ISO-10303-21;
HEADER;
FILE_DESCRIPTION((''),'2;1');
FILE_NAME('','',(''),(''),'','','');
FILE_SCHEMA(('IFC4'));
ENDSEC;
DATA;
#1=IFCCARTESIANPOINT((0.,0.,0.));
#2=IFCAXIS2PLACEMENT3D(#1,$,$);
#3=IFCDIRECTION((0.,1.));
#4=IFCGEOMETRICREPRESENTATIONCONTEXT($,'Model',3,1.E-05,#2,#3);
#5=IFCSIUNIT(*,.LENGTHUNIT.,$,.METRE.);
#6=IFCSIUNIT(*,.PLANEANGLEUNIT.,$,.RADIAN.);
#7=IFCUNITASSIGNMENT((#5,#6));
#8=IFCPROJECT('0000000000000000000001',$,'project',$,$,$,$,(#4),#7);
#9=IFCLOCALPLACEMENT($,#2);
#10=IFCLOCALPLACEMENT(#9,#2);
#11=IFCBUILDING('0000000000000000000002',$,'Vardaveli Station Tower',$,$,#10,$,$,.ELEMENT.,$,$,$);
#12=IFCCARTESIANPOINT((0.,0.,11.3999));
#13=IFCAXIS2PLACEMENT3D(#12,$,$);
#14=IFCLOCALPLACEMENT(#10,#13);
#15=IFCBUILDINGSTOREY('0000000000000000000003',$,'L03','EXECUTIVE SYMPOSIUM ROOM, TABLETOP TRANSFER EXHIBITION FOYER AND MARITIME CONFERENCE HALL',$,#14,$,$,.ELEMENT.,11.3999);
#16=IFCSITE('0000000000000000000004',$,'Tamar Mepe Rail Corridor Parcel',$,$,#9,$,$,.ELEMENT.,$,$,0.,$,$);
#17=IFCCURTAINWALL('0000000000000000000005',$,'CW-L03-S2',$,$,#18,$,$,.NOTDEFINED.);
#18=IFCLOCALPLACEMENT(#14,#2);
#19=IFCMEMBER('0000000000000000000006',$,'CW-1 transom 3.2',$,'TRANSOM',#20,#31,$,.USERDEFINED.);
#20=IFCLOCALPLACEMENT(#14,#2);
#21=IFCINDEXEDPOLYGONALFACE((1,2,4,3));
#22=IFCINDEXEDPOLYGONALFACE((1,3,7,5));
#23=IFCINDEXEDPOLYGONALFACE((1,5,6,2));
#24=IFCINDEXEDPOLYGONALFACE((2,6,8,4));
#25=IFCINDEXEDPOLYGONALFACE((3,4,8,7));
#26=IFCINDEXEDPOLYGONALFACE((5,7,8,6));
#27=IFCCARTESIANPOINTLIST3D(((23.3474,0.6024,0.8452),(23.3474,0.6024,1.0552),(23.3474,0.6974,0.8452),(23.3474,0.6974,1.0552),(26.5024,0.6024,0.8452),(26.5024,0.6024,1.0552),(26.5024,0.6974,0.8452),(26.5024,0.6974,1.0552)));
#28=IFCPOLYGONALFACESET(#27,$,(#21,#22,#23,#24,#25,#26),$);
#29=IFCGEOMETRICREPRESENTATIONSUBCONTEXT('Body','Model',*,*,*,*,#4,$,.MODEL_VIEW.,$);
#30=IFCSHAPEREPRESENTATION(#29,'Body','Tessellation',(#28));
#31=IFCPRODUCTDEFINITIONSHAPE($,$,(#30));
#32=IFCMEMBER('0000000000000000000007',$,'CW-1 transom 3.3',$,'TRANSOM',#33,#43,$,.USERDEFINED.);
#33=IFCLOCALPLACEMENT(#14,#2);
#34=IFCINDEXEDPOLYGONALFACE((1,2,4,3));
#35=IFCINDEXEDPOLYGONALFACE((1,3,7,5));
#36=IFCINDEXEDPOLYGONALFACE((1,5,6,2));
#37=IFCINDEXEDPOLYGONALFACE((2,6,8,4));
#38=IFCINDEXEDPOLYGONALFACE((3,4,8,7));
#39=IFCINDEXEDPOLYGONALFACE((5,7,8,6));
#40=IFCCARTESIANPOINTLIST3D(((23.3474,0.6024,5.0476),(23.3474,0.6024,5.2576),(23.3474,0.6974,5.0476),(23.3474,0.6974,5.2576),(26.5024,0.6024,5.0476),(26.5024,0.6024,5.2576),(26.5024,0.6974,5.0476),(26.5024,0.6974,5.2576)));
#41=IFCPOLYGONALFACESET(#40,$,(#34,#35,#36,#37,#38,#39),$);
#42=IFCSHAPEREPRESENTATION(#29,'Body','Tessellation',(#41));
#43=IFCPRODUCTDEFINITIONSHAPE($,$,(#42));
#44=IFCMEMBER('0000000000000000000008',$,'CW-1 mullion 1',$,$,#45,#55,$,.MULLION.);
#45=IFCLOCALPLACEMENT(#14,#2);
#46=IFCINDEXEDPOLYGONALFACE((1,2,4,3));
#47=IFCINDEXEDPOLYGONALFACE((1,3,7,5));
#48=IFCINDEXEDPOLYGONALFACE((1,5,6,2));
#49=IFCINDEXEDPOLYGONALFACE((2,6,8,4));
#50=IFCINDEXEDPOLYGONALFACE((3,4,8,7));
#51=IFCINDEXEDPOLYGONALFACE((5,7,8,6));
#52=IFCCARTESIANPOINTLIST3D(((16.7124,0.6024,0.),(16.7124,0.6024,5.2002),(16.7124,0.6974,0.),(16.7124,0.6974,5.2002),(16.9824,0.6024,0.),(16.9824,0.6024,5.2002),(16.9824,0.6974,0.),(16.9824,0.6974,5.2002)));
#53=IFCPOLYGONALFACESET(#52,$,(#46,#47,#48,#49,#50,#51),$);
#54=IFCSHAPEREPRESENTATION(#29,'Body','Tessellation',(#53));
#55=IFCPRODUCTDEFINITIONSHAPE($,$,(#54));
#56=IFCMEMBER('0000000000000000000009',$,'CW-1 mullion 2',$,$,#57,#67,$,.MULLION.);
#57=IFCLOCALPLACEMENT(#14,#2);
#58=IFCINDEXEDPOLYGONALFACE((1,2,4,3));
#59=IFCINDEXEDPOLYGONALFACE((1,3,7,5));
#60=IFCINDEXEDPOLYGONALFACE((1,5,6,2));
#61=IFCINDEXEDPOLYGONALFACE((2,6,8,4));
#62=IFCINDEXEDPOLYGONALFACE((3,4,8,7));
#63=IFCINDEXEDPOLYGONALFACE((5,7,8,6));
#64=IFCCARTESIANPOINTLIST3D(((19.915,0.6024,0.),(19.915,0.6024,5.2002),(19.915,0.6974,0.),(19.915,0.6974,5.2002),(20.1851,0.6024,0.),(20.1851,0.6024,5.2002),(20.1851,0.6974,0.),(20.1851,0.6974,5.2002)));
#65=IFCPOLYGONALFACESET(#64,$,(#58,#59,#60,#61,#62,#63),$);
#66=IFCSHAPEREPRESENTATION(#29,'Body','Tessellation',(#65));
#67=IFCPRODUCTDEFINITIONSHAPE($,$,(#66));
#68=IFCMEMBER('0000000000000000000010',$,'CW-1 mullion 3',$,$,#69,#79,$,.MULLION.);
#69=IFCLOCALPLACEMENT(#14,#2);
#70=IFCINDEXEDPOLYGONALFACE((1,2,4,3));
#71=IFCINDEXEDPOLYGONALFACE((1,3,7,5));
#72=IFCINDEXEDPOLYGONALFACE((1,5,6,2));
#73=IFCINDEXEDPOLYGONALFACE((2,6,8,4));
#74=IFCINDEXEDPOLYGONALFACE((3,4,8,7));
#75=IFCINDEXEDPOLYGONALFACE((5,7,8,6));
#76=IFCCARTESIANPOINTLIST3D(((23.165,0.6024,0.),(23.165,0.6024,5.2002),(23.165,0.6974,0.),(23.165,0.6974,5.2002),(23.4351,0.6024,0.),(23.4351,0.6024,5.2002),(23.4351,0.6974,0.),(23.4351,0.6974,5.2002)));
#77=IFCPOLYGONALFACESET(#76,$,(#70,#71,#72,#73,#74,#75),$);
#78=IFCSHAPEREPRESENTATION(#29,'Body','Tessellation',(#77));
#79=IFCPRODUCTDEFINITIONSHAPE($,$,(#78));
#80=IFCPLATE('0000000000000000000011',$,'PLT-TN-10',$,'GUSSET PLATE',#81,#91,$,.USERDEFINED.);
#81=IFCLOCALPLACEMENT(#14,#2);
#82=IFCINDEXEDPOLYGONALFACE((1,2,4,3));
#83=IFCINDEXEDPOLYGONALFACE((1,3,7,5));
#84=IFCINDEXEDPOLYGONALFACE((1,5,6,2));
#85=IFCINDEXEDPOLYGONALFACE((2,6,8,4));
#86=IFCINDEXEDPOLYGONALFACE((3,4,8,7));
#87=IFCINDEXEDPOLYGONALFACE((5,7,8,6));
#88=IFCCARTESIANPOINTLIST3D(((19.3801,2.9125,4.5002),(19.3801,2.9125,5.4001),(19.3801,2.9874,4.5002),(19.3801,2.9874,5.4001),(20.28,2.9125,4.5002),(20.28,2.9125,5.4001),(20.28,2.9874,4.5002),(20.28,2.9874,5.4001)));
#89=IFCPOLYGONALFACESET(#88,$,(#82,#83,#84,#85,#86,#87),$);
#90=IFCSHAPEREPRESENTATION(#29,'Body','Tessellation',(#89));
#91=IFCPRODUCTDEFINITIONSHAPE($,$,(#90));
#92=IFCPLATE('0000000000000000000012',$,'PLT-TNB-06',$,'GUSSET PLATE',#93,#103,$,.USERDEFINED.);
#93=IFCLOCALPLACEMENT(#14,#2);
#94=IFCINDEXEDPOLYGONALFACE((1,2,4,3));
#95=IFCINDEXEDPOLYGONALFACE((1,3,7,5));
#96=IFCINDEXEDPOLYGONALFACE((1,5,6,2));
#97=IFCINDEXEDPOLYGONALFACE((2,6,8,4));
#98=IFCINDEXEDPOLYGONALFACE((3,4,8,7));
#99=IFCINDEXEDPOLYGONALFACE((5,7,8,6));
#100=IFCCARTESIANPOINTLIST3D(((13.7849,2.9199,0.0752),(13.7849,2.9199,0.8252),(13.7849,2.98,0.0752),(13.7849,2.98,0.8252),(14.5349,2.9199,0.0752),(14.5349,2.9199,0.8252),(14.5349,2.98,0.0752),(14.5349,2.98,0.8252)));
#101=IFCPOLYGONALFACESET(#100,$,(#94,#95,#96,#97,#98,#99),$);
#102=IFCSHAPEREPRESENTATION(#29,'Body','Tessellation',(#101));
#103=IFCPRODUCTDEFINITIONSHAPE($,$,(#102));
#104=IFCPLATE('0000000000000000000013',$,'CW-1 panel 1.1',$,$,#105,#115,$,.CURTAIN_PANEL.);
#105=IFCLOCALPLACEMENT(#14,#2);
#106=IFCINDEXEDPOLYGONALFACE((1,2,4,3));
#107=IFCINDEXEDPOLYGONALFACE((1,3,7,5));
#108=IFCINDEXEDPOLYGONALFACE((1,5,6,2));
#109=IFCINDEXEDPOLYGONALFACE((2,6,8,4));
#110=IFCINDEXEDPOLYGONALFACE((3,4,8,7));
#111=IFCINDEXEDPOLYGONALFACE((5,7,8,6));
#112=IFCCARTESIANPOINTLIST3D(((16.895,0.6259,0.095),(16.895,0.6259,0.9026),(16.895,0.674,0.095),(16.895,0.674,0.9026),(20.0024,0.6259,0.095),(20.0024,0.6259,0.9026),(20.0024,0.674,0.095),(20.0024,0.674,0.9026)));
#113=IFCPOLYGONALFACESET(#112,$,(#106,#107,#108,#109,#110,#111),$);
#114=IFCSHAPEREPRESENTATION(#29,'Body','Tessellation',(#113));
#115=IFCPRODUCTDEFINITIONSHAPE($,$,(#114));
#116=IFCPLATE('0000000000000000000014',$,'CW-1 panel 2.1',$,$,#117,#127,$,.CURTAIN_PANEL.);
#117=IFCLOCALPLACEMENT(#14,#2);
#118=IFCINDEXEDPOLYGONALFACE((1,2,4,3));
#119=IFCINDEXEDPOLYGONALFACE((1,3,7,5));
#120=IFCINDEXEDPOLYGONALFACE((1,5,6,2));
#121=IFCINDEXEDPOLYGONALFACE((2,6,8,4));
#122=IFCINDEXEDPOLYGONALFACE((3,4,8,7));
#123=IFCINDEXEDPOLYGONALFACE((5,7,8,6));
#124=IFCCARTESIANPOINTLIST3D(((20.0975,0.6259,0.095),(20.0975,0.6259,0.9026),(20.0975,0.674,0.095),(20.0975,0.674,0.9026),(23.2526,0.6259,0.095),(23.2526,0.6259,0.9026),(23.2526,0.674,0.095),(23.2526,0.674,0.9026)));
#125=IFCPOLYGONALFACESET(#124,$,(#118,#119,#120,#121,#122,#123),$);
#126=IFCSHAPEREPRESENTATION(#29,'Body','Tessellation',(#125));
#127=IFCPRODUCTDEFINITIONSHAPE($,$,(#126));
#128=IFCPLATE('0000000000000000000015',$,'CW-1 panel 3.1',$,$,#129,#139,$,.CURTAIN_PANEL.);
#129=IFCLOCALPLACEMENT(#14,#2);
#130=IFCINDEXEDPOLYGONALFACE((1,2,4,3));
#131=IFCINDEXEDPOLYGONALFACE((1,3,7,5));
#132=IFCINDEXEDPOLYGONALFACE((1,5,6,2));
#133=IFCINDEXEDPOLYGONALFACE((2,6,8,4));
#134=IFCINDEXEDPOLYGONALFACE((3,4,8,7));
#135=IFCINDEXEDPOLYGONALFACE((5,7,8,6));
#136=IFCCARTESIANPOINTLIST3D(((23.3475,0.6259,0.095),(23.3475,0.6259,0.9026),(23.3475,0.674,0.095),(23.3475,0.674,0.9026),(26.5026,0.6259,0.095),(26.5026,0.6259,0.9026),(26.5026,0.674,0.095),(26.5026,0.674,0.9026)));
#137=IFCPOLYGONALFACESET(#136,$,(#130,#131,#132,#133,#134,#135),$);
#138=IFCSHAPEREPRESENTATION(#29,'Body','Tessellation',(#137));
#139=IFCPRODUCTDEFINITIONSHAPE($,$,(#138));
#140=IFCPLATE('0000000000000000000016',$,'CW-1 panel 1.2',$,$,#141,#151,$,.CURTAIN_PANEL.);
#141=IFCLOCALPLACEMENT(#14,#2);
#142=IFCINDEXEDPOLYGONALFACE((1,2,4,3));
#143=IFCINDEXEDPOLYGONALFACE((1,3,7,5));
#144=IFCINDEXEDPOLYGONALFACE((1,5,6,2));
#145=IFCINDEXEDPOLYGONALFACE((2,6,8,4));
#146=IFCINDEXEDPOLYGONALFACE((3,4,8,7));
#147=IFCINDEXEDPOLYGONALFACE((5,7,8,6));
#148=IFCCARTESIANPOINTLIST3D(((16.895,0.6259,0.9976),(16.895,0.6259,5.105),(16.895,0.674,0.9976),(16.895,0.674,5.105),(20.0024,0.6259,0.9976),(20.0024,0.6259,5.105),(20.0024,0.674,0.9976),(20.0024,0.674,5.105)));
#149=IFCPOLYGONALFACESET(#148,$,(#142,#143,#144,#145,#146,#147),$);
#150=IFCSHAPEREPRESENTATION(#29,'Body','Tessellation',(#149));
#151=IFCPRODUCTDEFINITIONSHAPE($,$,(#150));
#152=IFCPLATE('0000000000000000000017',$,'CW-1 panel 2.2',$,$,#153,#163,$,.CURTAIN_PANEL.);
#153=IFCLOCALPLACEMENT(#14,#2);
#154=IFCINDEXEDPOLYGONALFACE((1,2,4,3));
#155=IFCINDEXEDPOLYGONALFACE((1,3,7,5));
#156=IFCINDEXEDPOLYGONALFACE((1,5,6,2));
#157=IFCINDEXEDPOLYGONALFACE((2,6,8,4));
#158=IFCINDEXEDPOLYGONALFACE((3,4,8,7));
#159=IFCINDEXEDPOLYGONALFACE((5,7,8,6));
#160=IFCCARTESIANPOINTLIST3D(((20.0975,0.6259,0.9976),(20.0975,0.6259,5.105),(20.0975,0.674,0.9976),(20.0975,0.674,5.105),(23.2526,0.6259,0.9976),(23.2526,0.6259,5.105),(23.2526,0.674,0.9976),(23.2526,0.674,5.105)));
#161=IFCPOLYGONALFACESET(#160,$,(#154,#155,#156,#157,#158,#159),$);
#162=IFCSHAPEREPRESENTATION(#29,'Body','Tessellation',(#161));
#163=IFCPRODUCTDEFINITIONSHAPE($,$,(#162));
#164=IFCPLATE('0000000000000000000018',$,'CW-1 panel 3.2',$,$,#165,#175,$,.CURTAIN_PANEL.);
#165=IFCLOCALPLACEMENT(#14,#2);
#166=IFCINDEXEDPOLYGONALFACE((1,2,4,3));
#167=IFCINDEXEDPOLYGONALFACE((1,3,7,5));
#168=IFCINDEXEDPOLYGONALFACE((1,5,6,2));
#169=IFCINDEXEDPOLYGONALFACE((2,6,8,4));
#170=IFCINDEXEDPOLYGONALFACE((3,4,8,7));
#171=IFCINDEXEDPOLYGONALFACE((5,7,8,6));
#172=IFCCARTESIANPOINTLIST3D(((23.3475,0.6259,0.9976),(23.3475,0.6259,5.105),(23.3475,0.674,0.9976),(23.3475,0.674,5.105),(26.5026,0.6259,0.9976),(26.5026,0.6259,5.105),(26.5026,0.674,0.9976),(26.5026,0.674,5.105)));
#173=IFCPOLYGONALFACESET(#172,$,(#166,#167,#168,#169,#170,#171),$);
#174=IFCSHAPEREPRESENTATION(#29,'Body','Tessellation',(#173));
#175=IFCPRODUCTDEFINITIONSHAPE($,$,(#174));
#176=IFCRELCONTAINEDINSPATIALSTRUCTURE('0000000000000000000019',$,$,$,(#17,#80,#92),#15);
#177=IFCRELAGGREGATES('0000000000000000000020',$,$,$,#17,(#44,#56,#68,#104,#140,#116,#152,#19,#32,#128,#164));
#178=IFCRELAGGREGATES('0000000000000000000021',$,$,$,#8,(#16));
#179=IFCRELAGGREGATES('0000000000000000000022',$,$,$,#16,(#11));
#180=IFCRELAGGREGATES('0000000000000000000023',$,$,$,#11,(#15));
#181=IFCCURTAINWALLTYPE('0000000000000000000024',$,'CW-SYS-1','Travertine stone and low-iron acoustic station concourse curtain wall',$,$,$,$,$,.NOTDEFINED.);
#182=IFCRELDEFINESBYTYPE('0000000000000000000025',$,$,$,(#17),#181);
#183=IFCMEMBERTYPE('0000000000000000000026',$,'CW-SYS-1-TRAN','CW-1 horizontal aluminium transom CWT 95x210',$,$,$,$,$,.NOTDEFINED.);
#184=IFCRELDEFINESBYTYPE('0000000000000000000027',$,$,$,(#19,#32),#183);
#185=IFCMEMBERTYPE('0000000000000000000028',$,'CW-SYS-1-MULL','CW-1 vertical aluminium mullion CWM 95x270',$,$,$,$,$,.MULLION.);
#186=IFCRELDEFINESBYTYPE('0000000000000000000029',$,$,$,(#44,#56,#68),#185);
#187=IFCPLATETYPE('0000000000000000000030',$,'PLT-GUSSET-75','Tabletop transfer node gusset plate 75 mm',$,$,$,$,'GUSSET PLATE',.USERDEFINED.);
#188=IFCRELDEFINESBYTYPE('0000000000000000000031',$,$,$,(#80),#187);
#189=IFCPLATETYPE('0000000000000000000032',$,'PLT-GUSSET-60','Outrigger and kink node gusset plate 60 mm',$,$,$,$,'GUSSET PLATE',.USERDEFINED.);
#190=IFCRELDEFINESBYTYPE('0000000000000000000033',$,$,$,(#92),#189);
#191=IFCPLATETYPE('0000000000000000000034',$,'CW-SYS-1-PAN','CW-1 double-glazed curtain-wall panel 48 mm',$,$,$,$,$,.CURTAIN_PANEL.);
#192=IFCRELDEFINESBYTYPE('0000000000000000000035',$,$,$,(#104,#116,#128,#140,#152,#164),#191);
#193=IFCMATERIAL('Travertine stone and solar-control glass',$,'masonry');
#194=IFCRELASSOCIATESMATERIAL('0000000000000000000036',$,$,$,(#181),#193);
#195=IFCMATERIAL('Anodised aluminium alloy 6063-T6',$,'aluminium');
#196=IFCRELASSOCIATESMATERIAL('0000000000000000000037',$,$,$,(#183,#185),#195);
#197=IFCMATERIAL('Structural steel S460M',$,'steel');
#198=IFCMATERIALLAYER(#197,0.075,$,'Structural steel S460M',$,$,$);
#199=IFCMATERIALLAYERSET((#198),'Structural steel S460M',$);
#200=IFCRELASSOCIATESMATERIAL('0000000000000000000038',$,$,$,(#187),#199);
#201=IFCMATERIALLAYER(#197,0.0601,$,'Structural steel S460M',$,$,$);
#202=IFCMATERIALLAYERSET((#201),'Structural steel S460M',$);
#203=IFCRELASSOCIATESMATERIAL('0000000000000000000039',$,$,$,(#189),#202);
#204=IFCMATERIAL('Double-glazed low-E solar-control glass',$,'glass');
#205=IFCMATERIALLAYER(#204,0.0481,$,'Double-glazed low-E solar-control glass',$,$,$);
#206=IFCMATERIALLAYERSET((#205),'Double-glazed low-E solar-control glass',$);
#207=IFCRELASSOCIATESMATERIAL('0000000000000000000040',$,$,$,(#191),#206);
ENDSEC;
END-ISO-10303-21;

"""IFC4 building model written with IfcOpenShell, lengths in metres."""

from ifc_helpers import new_model, si_unit, direction, frame, origin, origin_2d, place, context, subcontext, project, spatial, rectangle, extrude, source, transform, mapped, material, layer, layer_set, material_profile, profile_set, type_object, element, aggregate, save


model = new_model("IFC4")

# Units and contexts
model_context = context("Model", 3, precision=1e-05, world=origin(), true_north=direction((0.0, 1.0)))
body_context = subcontext(model_context, "Body", "Model", "MODEL_VIEW")
ifc_project = project(units=[si_unit("LENGTHUNIT", "METRE"), si_unit("PLANEANGLEUNIT", "RADIAN")], contexts=[model_context])

# Site, building, storey
site_placement = place(None, origin())
site = spatial("IfcSite", under=ifc_project, at=site_placement, Name="Tamar Mepe Rail Corridor Parcel", CompositionType="ELEMENT", RefElevation=0.0)
building_placement = place(site_placement, origin())
building = spatial("IfcBuilding", under=site, at=building_placement, Name="Vardaveli Station Tower", CompositionType="ELEMENT")
storey_placement = place(building_placement, frame((0.0, 0.0, 11.3999)))
storey = spatial("IfcBuildingStorey", under=building, at=storey_placement, Name="L03", Description="EXECUTIVE SYMPOSIUM ROOM, TABLETOP TRANSFER EXHIBITION FOYER AND MARITIME CONFERENCE HALL", CompositionType="ELEMENT", Elevation=11.3999)

# Shared definitions
ifc_material_1 = material(Name="Structural steel S460M", Category="steel")

# Curtain wall, members
ifc_material_2 = material(Name="Travertine stone and solar-control glass", Category="masonry")
curtain_wall_type = type_object("IfcCurtainWallType", Name="CW-SYS-1", Description="Travertine stone and low-iron acoustic station concourse curtain wall", PredefinedType="NOTDEFINED", material=ifc_material_2)
curtain_wall_placement = place(storey_placement, origin())
curtain_wall = element("IfcCurtainWall", 1, at=curtain_wall_placement, inside=storey, type_object=curtain_wall_type, Name="CW-L03-S2", PredefinedType="NOTDEFINED")
ifc_material_3 = material(Name="Anodised aluminium alloy 6063-T6", Category="aluminium")
ifc_material_profile_1 = material_profile(ifc_material_3, rectangle(XDim=0.095, YDim=0.21, at=origin_2d()), Name="CWT 95x210")
ifc_profile_set_1 = profile_set([ifc_material_profile_1], Name="Anodised aluminium alloy 6063-T6")
member_type_1 = type_object("IfcMemberType", Name="CW-SYS-1-TRAN", Description="CW-1 horizontal aluminium transom CWT 95x210", PredefinedType="NOTDEFINED", material=ifc_profile_set_1)
shared_shape_1 = source(origin(), body_context, "Body", "SweptSolid", [
    extrude(rectangle(XDim=0.095, YDim=0.21, at=origin_2d()), origin(), (0.0, 0.0, 1.0), 3.155),
])
member_1_placement = place(storey_placement, frame((23.3474, 0.6499, 0.9502), z_axis=(1.0, 0.0, 0.0), x_axis=(0.0, 1.0, 0.0)))
member_1 = element("IfcMember", 2, at=member_1_placement, type_object=member_type_1, Name="CW-1 transom 3.2", ObjectType="TRANSOM", PredefinedType="USERDEFINED", context=body_context, shape_type="MappedRepresentation", body=[
    mapped(shared_shape_1, transform((0.0, 0.0, 0.0), scale=1.0)),
])
member_2_placement = place(storey_placement, frame((23.3474, 0.6499, 5.1526), z_axis=(1.0, 0.0, 0.0), x_axis=(0.0, 1.0, 0.0)))
member_2 = element("IfcMember", 3, at=member_2_placement, type_object=member_type_1, Name="CW-1 transom 3.3", ObjectType="TRANSOM", PredefinedType="USERDEFINED", context=body_context, shape_type="MappedRepresentation", body=[
    mapped(shared_shape_1, transform((0.0, 0.0, 0.0), scale=1.0)),
])
ifc_material_profile_2 = material_profile(ifc_material_3, rectangle(XDim=0.095, YDim=0.27, at=origin_2d()), Name="CWM 95x270")
ifc_profile_set_2 = profile_set([ifc_material_profile_2], Name="Anodised aluminium alloy 6063-T6")
member_type_2 = type_object("IfcMemberType", Name="CW-SYS-1-MULL", Description="CW-1 vertical aluminium mullion CWM 95x270", PredefinedType="MULLION", material=ifc_profile_set_2)
shared_shape_2 = source(origin(), body_context, "Body", "SweptSolid", [
    extrude(rectangle(XDim=0.095, YDim=0.27, at=origin_2d()), origin(), (0.0, 0.0, 1.0), 5.2002),
])
member_3_placement = place(storey_placement, frame((16.8474, 0.6499, 0.0), z_axis=(0.0, 0.0, 1.0), x_axis=(0.0, 1.0, 0.0)))
member_3 = element("IfcMember", 4, at=member_3_placement, type_object=member_type_2, Name="CW-1 mullion 1", PredefinedType="MULLION", context=body_context, shape_type="MappedRepresentation", body=[
    mapped(shared_shape_2, transform((0.0, 0.0, 0.0), scale=1.0)),
])
member_4_placement = place(storey_placement, frame((20.05, 0.6499, 0.0), z_axis=(0.0, 0.0, 1.0), x_axis=(0.0, 1.0, 0.0)))
member_4 = element("IfcMember", 5, at=member_4_placement, type_object=member_type_2, Name="CW-1 mullion 2", PredefinedType="MULLION", context=body_context, shape_type="MappedRepresentation", body=[
    mapped(shared_shape_2, transform((0.0, 0.0, 0.0), scale=1.0)),
])
member_5_placement = place(storey_placement, frame((23.3, 0.6499, 0.0), z_axis=(0.0, 0.0, 1.0), x_axis=(0.0, 1.0, 0.0)))
member_5 = element("IfcMember", 6, at=member_5_placement, type_object=member_type_2, Name="CW-1 mullion 3", PredefinedType="MULLION", context=body_context, shape_type="MappedRepresentation", body=[
    mapped(shared_shape_2, transform((0.0, 0.0, 0.0), scale=1.0)),
])

# Plates
ifc_layer_1 = layer(ifc_material_1, 0.075, Name="Structural steel S460M")
ifc_layer_set_1 = layer_set([ifc_layer_1], Name="Structural steel S460M")
plate_type_1 = type_object("IfcPlateType", Name="PLT-GUSSET-75", Description="Tabletop transfer node gusset plate 75 mm", ElementType="GUSSET PLATE", PredefinedType="USERDEFINED", material=ifc_layer_set_1)
shared_shape_3 = source(origin(), body_context, "Body", "SweptSolid", [
    extrude(rectangle(XDim=0.8999, YDim=0.075, at=origin_2d()), origin(), (0.0, 0.0, 1.0), 0.8999),
])
plate_1_placement = place(storey_placement, frame((19.8301, 2.95, 4.5002), z_axis=(0.0, 0.0, 1.0), x_axis=(1.0, 0.0, 0.0)))
element("IfcPlate", 7, at=plate_1_placement, inside=storey, type_object=plate_type_1, Name="PLT-TN-10", ObjectType="GUSSET PLATE", PredefinedType="USERDEFINED", context=body_context, shape_type="MappedRepresentation", body=[
    mapped(shared_shape_3, transform((0.0, 0.0, 0.0), scale=1.0)),
])
ifc_layer_2 = layer(ifc_material_1, 0.0601, Name="Structural steel S460M")
ifc_layer_set_2 = layer_set([ifc_layer_2], Name="Structural steel S460M")
plate_type_2 = type_object("IfcPlateType", Name="PLT-GUSSET-60", Description="Outrigger and kink node gusset plate 60 mm", ElementType="GUSSET PLATE", PredefinedType="USERDEFINED", material=ifc_layer_set_2)
shared_shape_4 = source(origin(), body_context, "Body", "SweptSolid", [
    extrude(rectangle(XDim=0.75, YDim=0.0601, at=origin_2d()), origin(), (0.0, 0.0, 1.0), 0.75),
])
plate_2_placement = place(storey_placement, frame((14.1599, 2.95, 0.0752), z_axis=(0.0, 0.0, 1.0), x_axis=(1.0, 0.0, 0.0)))
element("IfcPlate", 8, at=plate_2_placement, inside=storey, type_object=plate_type_2, Name="PLT-TNB-06", ObjectType="GUSSET PLATE", PredefinedType="USERDEFINED", context=body_context, shape_type="MappedRepresentation", body=[
    mapped(shared_shape_4, transform((0.0, 0.0, 0.0), scale=1.0)),
])

# Plates
ifc_material_4 = material(Name="Double-glazed low-E solar-control glass", Category="glass")
ifc_layer_3 = layer(ifc_material_4, 0.0481, Name="Double-glazed low-E solar-control glass")
ifc_layer_set_3 = layer_set([ifc_layer_3], Name="Double-glazed low-E solar-control glass")
plate_type_3 = type_object("IfcPlateType", Name="CW-SYS-1-PAN", Description="CW-1 double-glazed curtain-wall panel 48 mm", PredefinedType="CURTAIN_PANEL", material=ifc_layer_set_3)
shared_shape_5 = source(origin(), body_context, "Body", "SweptSolid", [
    extrude(rectangle(XDim=3.1074, YDim=0.0481, at=origin_2d()), origin(), (0.0, 0.0, 1.0), 0.8076),
])
plate_3_placement = place(storey_placement, frame((18.4487, 0.6499, 0.095), z_axis=(0.0, 0.0, 1.0), x_axis=(1.0, 0.0, 0.0)))
plate_3 = element("IfcPlate", 9, at=plate_3_placement, type_object=plate_type_3, Name="CW-1 panel 1.1", PredefinedType="CURTAIN_PANEL", context=body_context, shape_type="MappedRepresentation", body=[
    mapped(shared_shape_5, transform((0.0, 0.0, 0.0), scale=1.0)),
])
shared_shape_6 = source(origin(), body_context, "Body", "SweptSolid", [
    extrude(rectangle(XDim=3.155, YDim=0.0481, at=origin_2d()), origin(), (0.0, 0.0, 1.0), 0.8076),
])
plate_4_placement = place(storey_placement, frame((21.675, 0.6499, 0.095), z_axis=(0.0, 0.0, 1.0), x_axis=(1.0, 0.0, 0.0)))
plate_4 = element("IfcPlate", 10, at=plate_4_placement, type_object=plate_type_3, Name="CW-1 panel 2.1", PredefinedType="CURTAIN_PANEL", context=body_context, shape_type="MappedRepresentation", body=[
    mapped(shared_shape_6, transform((0.0, 0.0, 0.0), scale=1.0)),
])
plate_5_placement = place(storey_placement, frame((24.925, 0.6499, 0.095), z_axis=(0.0, 0.0, 1.0), x_axis=(1.0, 0.0, 0.0)))
plate_5 = element("IfcPlate", 11, at=plate_5_placement, type_object=plate_type_3, Name="CW-1 panel 3.1", PredefinedType="CURTAIN_PANEL", context=body_context, shape_type="MappedRepresentation", body=[
    mapped(shared_shape_6, transform((0.0, 0.0, 0.0), scale=1.0)),
])
shared_shape_7 = source(origin(), body_context, "Body", "SweptSolid", [
    extrude(rectangle(XDim=3.1074, YDim=0.0481, at=origin_2d()), origin(), (0.0, 0.0, 1.0), 4.1074),
])
plate_6_placement = place(storey_placement, frame((18.4487, 0.6499, 0.9976), z_axis=(0.0, 0.0, 1.0), x_axis=(1.0, 0.0, 0.0)))
plate_6 = element("IfcPlate", 12, at=plate_6_placement, type_object=plate_type_3, Name="CW-1 panel 1.2", PredefinedType="CURTAIN_PANEL", context=body_context, shape_type="MappedRepresentation", body=[
    mapped(shared_shape_7, transform((0.0, 0.0, 0.0), scale=1.0)),
])
shared_shape_8 = source(origin(), body_context, "Body", "SweptSolid", [
    extrude(rectangle(XDim=3.155, YDim=0.0481, at=origin_2d()), origin(), (0.0, 0.0, 1.0), 4.1074),
])
plate_7_placement = place(storey_placement, frame((21.675, 0.6499, 0.9976), z_axis=(0.0, 0.0, 1.0), x_axis=(1.0, 0.0, 0.0)))
plate_7 = element("IfcPlate", 13, at=plate_7_placement, type_object=plate_type_3, Name="CW-1 panel 2.2", PredefinedType="CURTAIN_PANEL", context=body_context, shape_type="MappedRepresentation", body=[
    mapped(shared_shape_8, transform((0.0, 0.0, 0.0), scale=1.0)),
])
plate_8_placement = place(storey_placement, frame((24.925, 0.6499, 0.9976), z_axis=(0.0, 0.0, 1.0), x_axis=(1.0, 0.0, 0.0)))
plate_8 = element("IfcPlate", 14, at=plate_8_placement, type_object=plate_type_3, Name="CW-1 panel 3.2", PredefinedType="CURTAIN_PANEL", context=body_context, shape_type="MappedRepresentation", body=[
    mapped(shared_shape_8, transform((0.0, 0.0, 0.0), scale=1.0)),
])
aggregate(curtain_wall, [member_3, member_4, member_5, plate_3, plate_6, plate_4, plate_7, member_1, member_2, plate_5, plate_8])

save(model, "model.ifc")
